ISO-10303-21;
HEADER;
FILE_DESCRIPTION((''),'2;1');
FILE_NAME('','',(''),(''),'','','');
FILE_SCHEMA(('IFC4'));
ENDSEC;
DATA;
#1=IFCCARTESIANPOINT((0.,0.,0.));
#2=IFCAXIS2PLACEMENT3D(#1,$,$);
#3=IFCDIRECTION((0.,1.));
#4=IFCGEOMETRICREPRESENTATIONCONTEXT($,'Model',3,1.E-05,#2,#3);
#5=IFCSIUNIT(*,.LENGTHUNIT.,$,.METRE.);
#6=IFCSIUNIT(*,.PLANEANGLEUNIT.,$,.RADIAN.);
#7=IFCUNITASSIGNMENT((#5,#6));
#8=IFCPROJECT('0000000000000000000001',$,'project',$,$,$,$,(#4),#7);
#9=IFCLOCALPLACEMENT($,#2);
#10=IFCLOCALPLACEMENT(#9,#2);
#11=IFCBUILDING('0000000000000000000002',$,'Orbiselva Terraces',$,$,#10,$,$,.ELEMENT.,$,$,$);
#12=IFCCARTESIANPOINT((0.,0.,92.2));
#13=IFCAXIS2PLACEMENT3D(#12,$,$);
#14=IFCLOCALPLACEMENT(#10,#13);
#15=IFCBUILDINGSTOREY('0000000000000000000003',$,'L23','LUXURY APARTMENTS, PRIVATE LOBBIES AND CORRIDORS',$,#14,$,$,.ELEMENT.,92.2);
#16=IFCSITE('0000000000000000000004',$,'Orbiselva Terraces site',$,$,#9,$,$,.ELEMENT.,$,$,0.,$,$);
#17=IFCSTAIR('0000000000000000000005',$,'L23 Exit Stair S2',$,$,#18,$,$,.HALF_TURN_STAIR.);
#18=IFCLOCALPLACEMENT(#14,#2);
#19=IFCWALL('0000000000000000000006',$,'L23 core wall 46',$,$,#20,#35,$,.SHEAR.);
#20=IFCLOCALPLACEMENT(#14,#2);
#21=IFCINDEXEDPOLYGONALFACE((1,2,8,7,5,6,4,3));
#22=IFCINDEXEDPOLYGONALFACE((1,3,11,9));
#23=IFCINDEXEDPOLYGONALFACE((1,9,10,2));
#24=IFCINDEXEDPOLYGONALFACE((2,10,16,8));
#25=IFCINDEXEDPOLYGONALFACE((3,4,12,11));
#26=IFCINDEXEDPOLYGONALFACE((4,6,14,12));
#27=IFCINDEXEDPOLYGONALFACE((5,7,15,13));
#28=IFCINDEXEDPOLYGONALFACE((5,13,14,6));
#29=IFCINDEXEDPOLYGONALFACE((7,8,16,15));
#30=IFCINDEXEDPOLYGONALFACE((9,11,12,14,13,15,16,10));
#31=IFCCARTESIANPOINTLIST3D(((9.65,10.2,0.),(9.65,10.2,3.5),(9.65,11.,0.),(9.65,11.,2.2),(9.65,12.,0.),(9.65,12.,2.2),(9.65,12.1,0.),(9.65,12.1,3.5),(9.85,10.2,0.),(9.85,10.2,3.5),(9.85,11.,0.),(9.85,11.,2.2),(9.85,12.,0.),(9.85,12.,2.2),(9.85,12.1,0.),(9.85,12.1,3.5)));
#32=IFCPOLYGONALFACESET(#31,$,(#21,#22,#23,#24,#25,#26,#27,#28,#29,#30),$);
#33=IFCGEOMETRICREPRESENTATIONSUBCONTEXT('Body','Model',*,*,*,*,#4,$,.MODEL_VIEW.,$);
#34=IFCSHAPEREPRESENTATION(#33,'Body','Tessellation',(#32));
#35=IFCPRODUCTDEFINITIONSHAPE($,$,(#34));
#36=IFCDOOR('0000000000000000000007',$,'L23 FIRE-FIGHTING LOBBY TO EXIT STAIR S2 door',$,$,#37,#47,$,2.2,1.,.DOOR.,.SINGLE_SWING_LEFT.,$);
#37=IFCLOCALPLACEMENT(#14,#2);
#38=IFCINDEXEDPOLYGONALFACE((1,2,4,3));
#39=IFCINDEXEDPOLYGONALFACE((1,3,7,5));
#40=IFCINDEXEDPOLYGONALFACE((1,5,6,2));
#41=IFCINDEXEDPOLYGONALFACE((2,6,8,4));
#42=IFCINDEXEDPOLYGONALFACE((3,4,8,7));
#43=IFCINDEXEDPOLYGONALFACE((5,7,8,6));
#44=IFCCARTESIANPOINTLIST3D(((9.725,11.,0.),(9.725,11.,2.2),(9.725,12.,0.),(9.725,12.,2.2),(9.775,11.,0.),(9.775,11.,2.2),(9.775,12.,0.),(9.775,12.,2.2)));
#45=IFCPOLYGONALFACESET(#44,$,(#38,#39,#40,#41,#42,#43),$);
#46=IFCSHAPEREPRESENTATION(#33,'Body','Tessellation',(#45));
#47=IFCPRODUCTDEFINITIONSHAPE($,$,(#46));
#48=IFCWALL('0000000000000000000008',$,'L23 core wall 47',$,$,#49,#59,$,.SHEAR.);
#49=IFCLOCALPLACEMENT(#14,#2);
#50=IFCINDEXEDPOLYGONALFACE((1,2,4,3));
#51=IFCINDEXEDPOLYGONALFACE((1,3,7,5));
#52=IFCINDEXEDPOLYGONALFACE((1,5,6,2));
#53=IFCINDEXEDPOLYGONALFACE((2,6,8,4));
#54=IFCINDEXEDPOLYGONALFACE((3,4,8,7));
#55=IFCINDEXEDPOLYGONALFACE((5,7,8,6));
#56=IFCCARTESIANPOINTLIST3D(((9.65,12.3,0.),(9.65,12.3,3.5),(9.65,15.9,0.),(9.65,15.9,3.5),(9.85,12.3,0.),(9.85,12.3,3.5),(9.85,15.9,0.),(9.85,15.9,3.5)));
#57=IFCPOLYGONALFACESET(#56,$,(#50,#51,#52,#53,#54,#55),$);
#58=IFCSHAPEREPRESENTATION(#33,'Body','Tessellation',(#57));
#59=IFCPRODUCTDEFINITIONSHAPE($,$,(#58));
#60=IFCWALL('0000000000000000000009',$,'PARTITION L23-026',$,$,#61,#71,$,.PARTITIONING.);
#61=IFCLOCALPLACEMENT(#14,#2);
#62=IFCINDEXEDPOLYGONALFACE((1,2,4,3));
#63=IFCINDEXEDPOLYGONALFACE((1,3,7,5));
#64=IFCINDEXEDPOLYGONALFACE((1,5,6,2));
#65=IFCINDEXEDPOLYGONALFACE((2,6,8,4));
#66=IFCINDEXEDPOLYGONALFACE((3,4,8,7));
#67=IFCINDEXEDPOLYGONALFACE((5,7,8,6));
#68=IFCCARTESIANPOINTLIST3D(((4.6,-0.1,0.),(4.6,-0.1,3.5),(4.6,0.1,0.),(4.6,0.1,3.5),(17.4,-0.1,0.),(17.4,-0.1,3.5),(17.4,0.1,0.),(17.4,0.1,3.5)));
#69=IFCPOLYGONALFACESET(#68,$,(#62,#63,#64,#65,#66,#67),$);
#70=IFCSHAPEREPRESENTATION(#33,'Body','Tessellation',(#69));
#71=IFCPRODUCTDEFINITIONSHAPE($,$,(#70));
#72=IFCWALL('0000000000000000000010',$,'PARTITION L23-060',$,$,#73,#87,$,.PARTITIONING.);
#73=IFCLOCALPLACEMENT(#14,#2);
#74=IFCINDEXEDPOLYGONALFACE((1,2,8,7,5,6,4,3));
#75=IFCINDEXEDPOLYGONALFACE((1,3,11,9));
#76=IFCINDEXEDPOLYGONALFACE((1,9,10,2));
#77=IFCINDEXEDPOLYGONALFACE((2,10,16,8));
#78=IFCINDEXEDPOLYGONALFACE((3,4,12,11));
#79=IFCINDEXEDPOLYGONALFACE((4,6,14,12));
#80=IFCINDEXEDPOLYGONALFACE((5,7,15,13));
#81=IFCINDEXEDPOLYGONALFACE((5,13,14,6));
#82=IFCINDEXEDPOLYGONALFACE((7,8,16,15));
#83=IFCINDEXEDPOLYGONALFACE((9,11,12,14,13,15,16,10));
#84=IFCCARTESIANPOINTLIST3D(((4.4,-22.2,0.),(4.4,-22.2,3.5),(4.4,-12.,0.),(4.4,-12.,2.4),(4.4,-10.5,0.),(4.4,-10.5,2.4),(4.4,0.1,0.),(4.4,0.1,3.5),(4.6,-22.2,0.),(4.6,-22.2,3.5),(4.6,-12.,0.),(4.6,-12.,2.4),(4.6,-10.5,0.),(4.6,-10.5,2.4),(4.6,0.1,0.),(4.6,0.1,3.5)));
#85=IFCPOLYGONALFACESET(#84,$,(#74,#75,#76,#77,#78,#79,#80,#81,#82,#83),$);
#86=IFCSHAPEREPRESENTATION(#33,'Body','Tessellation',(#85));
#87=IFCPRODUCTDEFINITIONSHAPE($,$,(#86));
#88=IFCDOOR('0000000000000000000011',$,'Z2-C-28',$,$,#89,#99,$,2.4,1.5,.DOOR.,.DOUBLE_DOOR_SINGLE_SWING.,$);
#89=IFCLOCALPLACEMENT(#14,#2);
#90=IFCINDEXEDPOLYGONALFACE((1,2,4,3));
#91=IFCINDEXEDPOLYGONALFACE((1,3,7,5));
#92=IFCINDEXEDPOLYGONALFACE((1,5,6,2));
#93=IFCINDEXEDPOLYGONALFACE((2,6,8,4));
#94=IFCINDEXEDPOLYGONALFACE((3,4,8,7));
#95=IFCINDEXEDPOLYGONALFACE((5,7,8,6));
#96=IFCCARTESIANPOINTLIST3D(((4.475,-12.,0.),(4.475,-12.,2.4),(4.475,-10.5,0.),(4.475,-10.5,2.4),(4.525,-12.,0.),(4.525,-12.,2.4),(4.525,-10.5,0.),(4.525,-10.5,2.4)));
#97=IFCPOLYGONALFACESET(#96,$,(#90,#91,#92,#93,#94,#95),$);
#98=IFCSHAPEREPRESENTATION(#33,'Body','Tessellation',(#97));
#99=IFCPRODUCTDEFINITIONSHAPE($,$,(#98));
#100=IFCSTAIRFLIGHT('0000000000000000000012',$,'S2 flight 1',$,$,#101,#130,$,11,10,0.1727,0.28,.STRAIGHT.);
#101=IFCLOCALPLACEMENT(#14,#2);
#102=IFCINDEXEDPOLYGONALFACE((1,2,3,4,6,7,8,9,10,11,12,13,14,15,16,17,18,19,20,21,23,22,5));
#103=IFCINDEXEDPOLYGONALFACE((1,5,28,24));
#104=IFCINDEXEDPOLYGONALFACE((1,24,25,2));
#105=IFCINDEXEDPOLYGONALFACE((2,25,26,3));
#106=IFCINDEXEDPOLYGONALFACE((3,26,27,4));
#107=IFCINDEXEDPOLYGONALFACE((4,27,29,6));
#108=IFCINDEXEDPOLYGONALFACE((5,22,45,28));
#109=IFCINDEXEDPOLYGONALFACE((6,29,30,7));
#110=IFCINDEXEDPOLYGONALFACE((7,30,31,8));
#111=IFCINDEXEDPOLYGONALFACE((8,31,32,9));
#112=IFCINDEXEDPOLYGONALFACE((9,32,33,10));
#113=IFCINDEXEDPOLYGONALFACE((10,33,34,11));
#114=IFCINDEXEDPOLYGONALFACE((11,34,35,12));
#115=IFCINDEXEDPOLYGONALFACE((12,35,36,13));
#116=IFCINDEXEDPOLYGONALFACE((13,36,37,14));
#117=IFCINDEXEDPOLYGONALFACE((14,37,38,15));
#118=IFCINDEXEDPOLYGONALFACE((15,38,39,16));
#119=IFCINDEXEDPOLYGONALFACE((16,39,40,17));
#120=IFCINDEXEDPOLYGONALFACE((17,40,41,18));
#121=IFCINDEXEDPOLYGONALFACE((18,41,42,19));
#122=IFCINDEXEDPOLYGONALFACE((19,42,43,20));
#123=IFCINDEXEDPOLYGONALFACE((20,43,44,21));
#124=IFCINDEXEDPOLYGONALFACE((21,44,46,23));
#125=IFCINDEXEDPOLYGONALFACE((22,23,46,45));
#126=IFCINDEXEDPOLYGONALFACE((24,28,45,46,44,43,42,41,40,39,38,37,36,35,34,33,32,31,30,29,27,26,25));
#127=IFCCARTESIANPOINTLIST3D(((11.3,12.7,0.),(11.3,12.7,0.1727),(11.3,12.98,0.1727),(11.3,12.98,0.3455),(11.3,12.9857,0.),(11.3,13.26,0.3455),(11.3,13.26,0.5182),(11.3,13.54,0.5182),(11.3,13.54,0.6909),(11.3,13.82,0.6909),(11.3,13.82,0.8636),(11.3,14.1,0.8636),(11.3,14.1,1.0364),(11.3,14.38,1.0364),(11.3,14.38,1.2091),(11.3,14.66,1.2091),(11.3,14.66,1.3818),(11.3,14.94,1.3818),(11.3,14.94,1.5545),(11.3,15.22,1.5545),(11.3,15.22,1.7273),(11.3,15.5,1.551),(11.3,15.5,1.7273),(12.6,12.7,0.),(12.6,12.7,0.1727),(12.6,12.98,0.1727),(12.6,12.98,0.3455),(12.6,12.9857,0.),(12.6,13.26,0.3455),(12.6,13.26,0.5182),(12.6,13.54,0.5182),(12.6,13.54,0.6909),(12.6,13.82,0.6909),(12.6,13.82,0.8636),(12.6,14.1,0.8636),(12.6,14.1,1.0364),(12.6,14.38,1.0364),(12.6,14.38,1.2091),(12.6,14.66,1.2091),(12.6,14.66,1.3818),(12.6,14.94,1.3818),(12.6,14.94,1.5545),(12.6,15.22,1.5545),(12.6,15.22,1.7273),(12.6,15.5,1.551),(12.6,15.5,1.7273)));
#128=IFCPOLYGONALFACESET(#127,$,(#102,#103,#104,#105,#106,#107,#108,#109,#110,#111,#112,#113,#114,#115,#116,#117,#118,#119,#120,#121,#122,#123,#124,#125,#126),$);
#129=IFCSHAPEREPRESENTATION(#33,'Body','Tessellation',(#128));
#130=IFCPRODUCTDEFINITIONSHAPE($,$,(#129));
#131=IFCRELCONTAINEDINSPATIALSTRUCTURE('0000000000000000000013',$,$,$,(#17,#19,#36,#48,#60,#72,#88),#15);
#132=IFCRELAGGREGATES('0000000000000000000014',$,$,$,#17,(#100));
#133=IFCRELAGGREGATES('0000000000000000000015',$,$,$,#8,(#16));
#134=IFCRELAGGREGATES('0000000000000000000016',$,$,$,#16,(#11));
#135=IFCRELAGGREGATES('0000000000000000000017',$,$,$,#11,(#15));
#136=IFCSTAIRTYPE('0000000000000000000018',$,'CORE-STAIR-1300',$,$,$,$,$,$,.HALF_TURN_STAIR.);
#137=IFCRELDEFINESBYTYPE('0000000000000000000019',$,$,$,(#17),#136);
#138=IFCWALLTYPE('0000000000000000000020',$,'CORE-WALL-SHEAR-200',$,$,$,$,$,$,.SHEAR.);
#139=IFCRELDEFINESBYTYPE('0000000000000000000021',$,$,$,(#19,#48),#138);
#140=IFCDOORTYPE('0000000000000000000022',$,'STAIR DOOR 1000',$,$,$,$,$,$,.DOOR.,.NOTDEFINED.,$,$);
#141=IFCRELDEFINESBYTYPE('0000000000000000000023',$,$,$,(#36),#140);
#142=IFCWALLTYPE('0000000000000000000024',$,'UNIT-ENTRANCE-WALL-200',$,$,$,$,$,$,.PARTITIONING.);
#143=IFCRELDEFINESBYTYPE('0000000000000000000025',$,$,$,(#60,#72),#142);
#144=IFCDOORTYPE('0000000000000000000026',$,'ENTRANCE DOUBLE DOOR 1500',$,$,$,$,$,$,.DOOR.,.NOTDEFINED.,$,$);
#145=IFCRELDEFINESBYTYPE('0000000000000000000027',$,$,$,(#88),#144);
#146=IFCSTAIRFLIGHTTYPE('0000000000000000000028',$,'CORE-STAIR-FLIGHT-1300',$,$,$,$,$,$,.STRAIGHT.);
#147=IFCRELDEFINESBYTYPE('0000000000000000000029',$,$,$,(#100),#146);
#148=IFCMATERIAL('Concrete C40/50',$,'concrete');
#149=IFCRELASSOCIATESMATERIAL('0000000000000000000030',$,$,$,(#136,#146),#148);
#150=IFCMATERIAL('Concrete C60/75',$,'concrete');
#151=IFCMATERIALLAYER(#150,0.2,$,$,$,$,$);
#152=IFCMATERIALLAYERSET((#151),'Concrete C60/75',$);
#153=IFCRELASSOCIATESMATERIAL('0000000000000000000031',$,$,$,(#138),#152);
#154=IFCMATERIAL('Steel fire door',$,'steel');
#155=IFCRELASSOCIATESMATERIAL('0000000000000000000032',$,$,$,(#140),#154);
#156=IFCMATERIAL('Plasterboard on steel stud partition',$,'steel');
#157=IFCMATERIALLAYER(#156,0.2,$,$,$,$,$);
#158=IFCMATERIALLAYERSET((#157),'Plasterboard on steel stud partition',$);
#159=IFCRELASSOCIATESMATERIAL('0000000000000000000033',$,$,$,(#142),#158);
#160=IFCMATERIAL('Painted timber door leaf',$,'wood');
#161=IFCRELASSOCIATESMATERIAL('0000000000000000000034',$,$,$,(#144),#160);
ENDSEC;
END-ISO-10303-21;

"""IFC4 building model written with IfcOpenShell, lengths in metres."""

from ifc_helpers import new_model, si_unit, direction, frame, frame_2d, origin, place, context, subcontext, project, spatial, polyline, rectangle, outline, extrude, material, layer, layer_set, type_object, element, fill, aggregate, save


model = new_model("IFC4")

# Units and contexts
model_context = context("Model", 3, precision=1e-05, world=origin(), true_north=direction((0.0, 1.0)))
body_context = subcontext(model_context, "Body", "Model", "MODEL_VIEW")
ifc_project = project(units=[si_unit("LENGTHUNIT", "METRE"), si_unit("PLANEANGLEUNIT", "RADIAN")], contexts=[model_context])

# Site, building, storey
site_placement = place(None, origin())
site = spatial("IfcSite", under=ifc_project, at=site_placement, Name="Orbiselva Terraces site", CompositionType="ELEMENT", RefElevation=0.0)
building_placement = place(site_placement, origin())
building = spatial("IfcBuilding", under=site, at=building_placement, Name="Orbiselva Terraces", CompositionType="ELEMENT")
storey_placement = place(building_placement, frame((0.0, 0.0, 92.2)))
storey = spatial("IfcBuildingStorey", under=building, at=storey_placement, Name="L23", Description="LUXURY APARTMENTS, PRIVATE LOBBIES AND CORRIDORS", CompositionType="ELEMENT", Elevation=92.2)

# Stair
ifc_material_1 = material(Name="Concrete C40/50", Category="concrete")
stair_type_1 = type_object("IfcStairType", Name="CORE-STAIR-1300", PredefinedType="HALF_TURN_STAIR", material=ifc_material_1)
stair_1_placement = place(storey_placement, origin())
stair_1 = element("IfcStair", 1, at=stair_1_placement, inside=storey, type_object=stair_type_1, Name="L23 Exit Stair S2", PredefinedType="HALF_TURN_STAIR")

# Shared definitions
ifc_material_2 = material(Name="Concrete C60/75", Category="concrete")
ifc_layer_1 = layer(ifc_material_2, 0.2)
ifc_layer_set_1 = layer_set([ifc_layer_1], Name="Concrete C60/75")
wall_type_1 = type_object("IfcWallType", Name="CORE-WALL-SHEAR-200", PredefinedType="SHEAR", material=ifc_layer_set_1)

# Wall, opening, door
wall_1_placement = place(storey_placement, frame((9.75, 12.1, 0.0), z_axis=(0.0, 0.0, 1.0), x_axis=(0.0, -1.0, 0.0)))
wall_1 = element("IfcWall", 2, at=wall_1_placement, inside=storey, type_object=wall_type_1, Name="L23 core wall 46", PredefinedType="SHEAR", context=body_context, shape_type="SweptSolid", body=[
    extrude(rectangle(XDim=1.9, YDim=0.2, at=frame_2d((0.95, 0.0))), origin(), (0.0, 0.0, 1.0), 3.5),
])
opening_1_placement = place(wall_1_placement, frame((0.1, 0.0, 0.0)))
opening_1 = element("IfcOpeningElement", 3, at=opening_1_placement, cuts=wall_1, PredefinedType="OPENING", context=body_context, shape_type="SweptSolid", body=[
    extrude(rectangle(XDim=1.0, YDim=2.2, at=frame_2d((0.5, 1.1))), frame((0.0, 0.11, 0.0), z_axis=(0.0, -1.0, 0.0), x_axis=(1.0, 0.0, 0.0)), (0.0, 0.0, 1.0), 0.22),
])
ifc_material_3 = material(Name="Steel fire door", Category="steel")
door_type_1 = type_object("IfcDoorType", Name="STAIR DOOR 1000", OperationType="NOTDEFINED", PredefinedType="DOOR", material=ifc_material_3)
door_1_placement = place(opening_1_placement, origin())
door_1 = element("IfcDoor", 4, at=door_1_placement, inside=storey, type_object=door_type_1, Name="L23 FIRE-FIGHTING LOBBY TO EXIT STAIR S2 door", OperationType="SINGLE_SWING_LEFT", OverallHeight=2.2, OverallWidth=1.0, PredefinedType="DOOR", context=body_context, shape_type="SweptSolid", body=[
    extrude(rectangle(XDim=1.0, YDim=2.2, at=frame_2d((0.5, 1.1))), frame((0.0, 0.025, 0.0), z_axis=(0.0, -1.0, 0.0), x_axis=(1.0, 0.0, 0.0)), (0.0, 0.0, 1.0), 0.05),
])
fill(opening_1, door_1)

# Walls
wall_2_placement = place(storey_placement, frame((9.75, 12.3, 0.0), z_axis=(0.0, 0.0, 1.0), x_axis=(0.0, 1.0, 0.0)))
element("IfcWall", 5, at=wall_2_placement, inside=storey, type_object=wall_type_1, Name="L23 core wall 47", PredefinedType="SHEAR", context=body_context, shape_type="SweptSolid", body=[
    extrude(rectangle(XDim=3.6, YDim=0.2, at=frame_2d((1.8, 0.0))), origin(), (0.0, 0.0, 1.0), 3.5),
])
ifc_material_4 = material(Name="Plasterboard on steel stud partition", Category="steel")
ifc_layer_2 = layer(ifc_material_4, 0.2)
ifc_layer_set_2 = layer_set([ifc_layer_2], Name="Plasterboard on steel stud partition")
wall_type_2 = type_object("IfcWallType", Name="UNIT-ENTRANCE-WALL-200", PredefinedType="PARTITIONING", material=ifc_layer_set_2)
wall_3_placement = place(storey_placement, frame((4.6, 0.0, 0.0), z_axis=(0.0, 0.0, 1.0), x_axis=(1.0, 0.0, 0.0)))
element("IfcWall", 6, at=wall_3_placement, inside=storey, type_object=wall_type_2, Name="PARTITION L23-026", PredefinedType="PARTITIONING", context=body_context, shape_type="SweptSolid", body=[
    extrude(rectangle(XDim=12.8, YDim=0.2, at=frame_2d((6.4, 0.0))), origin(), (0.0, 0.0, 1.0), 3.5),
])

# Wall, opening, door
wall_4_placement = place(storey_placement, frame((4.5, 0.1, 0.0), z_axis=(0.0, 0.0, 1.0), x_axis=(0.0, -1.0, 0.0)))
wall_4 = element("IfcWall", 7, at=wall_4_placement, inside=storey, type_object=wall_type_2, Name="PARTITION L23-060", PredefinedType="PARTITIONING", context=body_context, shape_type="SweptSolid", body=[
    extrude(rectangle(XDim=22.3, YDim=0.2, at=frame_2d((11.15, 0.0))), origin(), (0.0, 0.0, 1.0), 3.5),
])
opening_2_placement = place(wall_4_placement, frame((10.6, 0.0, 0.0)))
opening_2 = element("IfcOpeningElement", 8, at=opening_2_placement, cuts=wall_4, PredefinedType="OPENING", context=body_context, shape_type="SweptSolid", body=[
    extrude(rectangle(XDim=1.5, YDim=2.4, at=frame_2d((0.75, 1.2))), frame((0.0, 0.11, 0.0), z_axis=(0.0, -1.0, 0.0), x_axis=(1.0, 0.0, 0.0)), (0.0, 0.0, 1.0), 0.22),
])
ifc_material_5 = material(Name="Painted timber door leaf", Category="wood")
door_type_2 = type_object("IfcDoorType", Name="ENTRANCE DOUBLE DOOR 1500", OperationType="NOTDEFINED", PredefinedType="DOOR", material=ifc_material_5)
door_2_placement = place(opening_2_placement, origin())
door_2 = element("IfcDoor", 9, at=door_2_placement, inside=storey, type_object=door_type_2, Name="Z2-C-28", OperationType="DOUBLE_DOOR_SINGLE_SWING", OverallHeight=2.4, OverallWidth=1.5, PredefinedType="DOOR", context=body_context, shape_type="SweptSolid", body=[
    extrude(rectangle(XDim=1.5, YDim=2.4, at=frame_2d((0.75, 1.2))), frame((0.0, 0.025, 0.0), z_axis=(0.0, -1.0, 0.0), x_axis=(1.0, 0.0, 0.0)), (0.0, 0.0, 1.0), 0.05),
])
fill(opening_2, door_2)

# Stair flight
stair_flight_type = type_object("IfcStairFlightType", Name="CORE-STAIR-FLIGHT-1300", PredefinedType="STRAIGHT", material=ifc_material_1)
stair_flight_placement = place(storey_placement, frame((11.95, 12.7, 0.0), z_axis=(0.0, 0.0, 1.0), x_axis=(0.0, 1.0, 0.0)))
stair_flight = element("IfcStairFlight", 10, at=stair_flight_placement, type_object=stair_flight_type, Name="S2 flight 1", NumberOfRisers=11, NumberOfTreads=10, PredefinedType="STRAIGHT", RiserHeight=0.1727, TreadLength=0.28, context=body_context, shape_type="SweptSolid", body=[
    extrude(outline(polyline([(0.0, 0.0), (0.0, 0.1727), (0.28, 0.1727), (0.28, 0.3455), (0.56, 0.3455), (0.56, 0.5182), (0.84, 0.5182), (0.84, 0.6909), (1.12, 0.6909), (1.12, 0.8636), (1.4, 0.8636), (1.4, 1.0364), (1.68, 1.0364), (1.68, 1.2091), (1.96, 1.2091), (1.96, 1.3818), (2.24, 1.3818), (2.24, 1.5545), (2.52, 1.5545), (2.52, 1.7273), (2.8, 1.7273), (2.8, 1.9), (2.8, 1.551), (0.2857, 0.0), (0.0, 0.0)])), frame((0.0, 0.65, 0.0), z_axis=(0.0, -1.0, 0.0), x_axis=(1.0, 0.0, 0.0)), (0.0, 0.0, 1.0), 1.3),
])
aggregate(stair_1, [stair_flight])

save(model, "model.ifc")
